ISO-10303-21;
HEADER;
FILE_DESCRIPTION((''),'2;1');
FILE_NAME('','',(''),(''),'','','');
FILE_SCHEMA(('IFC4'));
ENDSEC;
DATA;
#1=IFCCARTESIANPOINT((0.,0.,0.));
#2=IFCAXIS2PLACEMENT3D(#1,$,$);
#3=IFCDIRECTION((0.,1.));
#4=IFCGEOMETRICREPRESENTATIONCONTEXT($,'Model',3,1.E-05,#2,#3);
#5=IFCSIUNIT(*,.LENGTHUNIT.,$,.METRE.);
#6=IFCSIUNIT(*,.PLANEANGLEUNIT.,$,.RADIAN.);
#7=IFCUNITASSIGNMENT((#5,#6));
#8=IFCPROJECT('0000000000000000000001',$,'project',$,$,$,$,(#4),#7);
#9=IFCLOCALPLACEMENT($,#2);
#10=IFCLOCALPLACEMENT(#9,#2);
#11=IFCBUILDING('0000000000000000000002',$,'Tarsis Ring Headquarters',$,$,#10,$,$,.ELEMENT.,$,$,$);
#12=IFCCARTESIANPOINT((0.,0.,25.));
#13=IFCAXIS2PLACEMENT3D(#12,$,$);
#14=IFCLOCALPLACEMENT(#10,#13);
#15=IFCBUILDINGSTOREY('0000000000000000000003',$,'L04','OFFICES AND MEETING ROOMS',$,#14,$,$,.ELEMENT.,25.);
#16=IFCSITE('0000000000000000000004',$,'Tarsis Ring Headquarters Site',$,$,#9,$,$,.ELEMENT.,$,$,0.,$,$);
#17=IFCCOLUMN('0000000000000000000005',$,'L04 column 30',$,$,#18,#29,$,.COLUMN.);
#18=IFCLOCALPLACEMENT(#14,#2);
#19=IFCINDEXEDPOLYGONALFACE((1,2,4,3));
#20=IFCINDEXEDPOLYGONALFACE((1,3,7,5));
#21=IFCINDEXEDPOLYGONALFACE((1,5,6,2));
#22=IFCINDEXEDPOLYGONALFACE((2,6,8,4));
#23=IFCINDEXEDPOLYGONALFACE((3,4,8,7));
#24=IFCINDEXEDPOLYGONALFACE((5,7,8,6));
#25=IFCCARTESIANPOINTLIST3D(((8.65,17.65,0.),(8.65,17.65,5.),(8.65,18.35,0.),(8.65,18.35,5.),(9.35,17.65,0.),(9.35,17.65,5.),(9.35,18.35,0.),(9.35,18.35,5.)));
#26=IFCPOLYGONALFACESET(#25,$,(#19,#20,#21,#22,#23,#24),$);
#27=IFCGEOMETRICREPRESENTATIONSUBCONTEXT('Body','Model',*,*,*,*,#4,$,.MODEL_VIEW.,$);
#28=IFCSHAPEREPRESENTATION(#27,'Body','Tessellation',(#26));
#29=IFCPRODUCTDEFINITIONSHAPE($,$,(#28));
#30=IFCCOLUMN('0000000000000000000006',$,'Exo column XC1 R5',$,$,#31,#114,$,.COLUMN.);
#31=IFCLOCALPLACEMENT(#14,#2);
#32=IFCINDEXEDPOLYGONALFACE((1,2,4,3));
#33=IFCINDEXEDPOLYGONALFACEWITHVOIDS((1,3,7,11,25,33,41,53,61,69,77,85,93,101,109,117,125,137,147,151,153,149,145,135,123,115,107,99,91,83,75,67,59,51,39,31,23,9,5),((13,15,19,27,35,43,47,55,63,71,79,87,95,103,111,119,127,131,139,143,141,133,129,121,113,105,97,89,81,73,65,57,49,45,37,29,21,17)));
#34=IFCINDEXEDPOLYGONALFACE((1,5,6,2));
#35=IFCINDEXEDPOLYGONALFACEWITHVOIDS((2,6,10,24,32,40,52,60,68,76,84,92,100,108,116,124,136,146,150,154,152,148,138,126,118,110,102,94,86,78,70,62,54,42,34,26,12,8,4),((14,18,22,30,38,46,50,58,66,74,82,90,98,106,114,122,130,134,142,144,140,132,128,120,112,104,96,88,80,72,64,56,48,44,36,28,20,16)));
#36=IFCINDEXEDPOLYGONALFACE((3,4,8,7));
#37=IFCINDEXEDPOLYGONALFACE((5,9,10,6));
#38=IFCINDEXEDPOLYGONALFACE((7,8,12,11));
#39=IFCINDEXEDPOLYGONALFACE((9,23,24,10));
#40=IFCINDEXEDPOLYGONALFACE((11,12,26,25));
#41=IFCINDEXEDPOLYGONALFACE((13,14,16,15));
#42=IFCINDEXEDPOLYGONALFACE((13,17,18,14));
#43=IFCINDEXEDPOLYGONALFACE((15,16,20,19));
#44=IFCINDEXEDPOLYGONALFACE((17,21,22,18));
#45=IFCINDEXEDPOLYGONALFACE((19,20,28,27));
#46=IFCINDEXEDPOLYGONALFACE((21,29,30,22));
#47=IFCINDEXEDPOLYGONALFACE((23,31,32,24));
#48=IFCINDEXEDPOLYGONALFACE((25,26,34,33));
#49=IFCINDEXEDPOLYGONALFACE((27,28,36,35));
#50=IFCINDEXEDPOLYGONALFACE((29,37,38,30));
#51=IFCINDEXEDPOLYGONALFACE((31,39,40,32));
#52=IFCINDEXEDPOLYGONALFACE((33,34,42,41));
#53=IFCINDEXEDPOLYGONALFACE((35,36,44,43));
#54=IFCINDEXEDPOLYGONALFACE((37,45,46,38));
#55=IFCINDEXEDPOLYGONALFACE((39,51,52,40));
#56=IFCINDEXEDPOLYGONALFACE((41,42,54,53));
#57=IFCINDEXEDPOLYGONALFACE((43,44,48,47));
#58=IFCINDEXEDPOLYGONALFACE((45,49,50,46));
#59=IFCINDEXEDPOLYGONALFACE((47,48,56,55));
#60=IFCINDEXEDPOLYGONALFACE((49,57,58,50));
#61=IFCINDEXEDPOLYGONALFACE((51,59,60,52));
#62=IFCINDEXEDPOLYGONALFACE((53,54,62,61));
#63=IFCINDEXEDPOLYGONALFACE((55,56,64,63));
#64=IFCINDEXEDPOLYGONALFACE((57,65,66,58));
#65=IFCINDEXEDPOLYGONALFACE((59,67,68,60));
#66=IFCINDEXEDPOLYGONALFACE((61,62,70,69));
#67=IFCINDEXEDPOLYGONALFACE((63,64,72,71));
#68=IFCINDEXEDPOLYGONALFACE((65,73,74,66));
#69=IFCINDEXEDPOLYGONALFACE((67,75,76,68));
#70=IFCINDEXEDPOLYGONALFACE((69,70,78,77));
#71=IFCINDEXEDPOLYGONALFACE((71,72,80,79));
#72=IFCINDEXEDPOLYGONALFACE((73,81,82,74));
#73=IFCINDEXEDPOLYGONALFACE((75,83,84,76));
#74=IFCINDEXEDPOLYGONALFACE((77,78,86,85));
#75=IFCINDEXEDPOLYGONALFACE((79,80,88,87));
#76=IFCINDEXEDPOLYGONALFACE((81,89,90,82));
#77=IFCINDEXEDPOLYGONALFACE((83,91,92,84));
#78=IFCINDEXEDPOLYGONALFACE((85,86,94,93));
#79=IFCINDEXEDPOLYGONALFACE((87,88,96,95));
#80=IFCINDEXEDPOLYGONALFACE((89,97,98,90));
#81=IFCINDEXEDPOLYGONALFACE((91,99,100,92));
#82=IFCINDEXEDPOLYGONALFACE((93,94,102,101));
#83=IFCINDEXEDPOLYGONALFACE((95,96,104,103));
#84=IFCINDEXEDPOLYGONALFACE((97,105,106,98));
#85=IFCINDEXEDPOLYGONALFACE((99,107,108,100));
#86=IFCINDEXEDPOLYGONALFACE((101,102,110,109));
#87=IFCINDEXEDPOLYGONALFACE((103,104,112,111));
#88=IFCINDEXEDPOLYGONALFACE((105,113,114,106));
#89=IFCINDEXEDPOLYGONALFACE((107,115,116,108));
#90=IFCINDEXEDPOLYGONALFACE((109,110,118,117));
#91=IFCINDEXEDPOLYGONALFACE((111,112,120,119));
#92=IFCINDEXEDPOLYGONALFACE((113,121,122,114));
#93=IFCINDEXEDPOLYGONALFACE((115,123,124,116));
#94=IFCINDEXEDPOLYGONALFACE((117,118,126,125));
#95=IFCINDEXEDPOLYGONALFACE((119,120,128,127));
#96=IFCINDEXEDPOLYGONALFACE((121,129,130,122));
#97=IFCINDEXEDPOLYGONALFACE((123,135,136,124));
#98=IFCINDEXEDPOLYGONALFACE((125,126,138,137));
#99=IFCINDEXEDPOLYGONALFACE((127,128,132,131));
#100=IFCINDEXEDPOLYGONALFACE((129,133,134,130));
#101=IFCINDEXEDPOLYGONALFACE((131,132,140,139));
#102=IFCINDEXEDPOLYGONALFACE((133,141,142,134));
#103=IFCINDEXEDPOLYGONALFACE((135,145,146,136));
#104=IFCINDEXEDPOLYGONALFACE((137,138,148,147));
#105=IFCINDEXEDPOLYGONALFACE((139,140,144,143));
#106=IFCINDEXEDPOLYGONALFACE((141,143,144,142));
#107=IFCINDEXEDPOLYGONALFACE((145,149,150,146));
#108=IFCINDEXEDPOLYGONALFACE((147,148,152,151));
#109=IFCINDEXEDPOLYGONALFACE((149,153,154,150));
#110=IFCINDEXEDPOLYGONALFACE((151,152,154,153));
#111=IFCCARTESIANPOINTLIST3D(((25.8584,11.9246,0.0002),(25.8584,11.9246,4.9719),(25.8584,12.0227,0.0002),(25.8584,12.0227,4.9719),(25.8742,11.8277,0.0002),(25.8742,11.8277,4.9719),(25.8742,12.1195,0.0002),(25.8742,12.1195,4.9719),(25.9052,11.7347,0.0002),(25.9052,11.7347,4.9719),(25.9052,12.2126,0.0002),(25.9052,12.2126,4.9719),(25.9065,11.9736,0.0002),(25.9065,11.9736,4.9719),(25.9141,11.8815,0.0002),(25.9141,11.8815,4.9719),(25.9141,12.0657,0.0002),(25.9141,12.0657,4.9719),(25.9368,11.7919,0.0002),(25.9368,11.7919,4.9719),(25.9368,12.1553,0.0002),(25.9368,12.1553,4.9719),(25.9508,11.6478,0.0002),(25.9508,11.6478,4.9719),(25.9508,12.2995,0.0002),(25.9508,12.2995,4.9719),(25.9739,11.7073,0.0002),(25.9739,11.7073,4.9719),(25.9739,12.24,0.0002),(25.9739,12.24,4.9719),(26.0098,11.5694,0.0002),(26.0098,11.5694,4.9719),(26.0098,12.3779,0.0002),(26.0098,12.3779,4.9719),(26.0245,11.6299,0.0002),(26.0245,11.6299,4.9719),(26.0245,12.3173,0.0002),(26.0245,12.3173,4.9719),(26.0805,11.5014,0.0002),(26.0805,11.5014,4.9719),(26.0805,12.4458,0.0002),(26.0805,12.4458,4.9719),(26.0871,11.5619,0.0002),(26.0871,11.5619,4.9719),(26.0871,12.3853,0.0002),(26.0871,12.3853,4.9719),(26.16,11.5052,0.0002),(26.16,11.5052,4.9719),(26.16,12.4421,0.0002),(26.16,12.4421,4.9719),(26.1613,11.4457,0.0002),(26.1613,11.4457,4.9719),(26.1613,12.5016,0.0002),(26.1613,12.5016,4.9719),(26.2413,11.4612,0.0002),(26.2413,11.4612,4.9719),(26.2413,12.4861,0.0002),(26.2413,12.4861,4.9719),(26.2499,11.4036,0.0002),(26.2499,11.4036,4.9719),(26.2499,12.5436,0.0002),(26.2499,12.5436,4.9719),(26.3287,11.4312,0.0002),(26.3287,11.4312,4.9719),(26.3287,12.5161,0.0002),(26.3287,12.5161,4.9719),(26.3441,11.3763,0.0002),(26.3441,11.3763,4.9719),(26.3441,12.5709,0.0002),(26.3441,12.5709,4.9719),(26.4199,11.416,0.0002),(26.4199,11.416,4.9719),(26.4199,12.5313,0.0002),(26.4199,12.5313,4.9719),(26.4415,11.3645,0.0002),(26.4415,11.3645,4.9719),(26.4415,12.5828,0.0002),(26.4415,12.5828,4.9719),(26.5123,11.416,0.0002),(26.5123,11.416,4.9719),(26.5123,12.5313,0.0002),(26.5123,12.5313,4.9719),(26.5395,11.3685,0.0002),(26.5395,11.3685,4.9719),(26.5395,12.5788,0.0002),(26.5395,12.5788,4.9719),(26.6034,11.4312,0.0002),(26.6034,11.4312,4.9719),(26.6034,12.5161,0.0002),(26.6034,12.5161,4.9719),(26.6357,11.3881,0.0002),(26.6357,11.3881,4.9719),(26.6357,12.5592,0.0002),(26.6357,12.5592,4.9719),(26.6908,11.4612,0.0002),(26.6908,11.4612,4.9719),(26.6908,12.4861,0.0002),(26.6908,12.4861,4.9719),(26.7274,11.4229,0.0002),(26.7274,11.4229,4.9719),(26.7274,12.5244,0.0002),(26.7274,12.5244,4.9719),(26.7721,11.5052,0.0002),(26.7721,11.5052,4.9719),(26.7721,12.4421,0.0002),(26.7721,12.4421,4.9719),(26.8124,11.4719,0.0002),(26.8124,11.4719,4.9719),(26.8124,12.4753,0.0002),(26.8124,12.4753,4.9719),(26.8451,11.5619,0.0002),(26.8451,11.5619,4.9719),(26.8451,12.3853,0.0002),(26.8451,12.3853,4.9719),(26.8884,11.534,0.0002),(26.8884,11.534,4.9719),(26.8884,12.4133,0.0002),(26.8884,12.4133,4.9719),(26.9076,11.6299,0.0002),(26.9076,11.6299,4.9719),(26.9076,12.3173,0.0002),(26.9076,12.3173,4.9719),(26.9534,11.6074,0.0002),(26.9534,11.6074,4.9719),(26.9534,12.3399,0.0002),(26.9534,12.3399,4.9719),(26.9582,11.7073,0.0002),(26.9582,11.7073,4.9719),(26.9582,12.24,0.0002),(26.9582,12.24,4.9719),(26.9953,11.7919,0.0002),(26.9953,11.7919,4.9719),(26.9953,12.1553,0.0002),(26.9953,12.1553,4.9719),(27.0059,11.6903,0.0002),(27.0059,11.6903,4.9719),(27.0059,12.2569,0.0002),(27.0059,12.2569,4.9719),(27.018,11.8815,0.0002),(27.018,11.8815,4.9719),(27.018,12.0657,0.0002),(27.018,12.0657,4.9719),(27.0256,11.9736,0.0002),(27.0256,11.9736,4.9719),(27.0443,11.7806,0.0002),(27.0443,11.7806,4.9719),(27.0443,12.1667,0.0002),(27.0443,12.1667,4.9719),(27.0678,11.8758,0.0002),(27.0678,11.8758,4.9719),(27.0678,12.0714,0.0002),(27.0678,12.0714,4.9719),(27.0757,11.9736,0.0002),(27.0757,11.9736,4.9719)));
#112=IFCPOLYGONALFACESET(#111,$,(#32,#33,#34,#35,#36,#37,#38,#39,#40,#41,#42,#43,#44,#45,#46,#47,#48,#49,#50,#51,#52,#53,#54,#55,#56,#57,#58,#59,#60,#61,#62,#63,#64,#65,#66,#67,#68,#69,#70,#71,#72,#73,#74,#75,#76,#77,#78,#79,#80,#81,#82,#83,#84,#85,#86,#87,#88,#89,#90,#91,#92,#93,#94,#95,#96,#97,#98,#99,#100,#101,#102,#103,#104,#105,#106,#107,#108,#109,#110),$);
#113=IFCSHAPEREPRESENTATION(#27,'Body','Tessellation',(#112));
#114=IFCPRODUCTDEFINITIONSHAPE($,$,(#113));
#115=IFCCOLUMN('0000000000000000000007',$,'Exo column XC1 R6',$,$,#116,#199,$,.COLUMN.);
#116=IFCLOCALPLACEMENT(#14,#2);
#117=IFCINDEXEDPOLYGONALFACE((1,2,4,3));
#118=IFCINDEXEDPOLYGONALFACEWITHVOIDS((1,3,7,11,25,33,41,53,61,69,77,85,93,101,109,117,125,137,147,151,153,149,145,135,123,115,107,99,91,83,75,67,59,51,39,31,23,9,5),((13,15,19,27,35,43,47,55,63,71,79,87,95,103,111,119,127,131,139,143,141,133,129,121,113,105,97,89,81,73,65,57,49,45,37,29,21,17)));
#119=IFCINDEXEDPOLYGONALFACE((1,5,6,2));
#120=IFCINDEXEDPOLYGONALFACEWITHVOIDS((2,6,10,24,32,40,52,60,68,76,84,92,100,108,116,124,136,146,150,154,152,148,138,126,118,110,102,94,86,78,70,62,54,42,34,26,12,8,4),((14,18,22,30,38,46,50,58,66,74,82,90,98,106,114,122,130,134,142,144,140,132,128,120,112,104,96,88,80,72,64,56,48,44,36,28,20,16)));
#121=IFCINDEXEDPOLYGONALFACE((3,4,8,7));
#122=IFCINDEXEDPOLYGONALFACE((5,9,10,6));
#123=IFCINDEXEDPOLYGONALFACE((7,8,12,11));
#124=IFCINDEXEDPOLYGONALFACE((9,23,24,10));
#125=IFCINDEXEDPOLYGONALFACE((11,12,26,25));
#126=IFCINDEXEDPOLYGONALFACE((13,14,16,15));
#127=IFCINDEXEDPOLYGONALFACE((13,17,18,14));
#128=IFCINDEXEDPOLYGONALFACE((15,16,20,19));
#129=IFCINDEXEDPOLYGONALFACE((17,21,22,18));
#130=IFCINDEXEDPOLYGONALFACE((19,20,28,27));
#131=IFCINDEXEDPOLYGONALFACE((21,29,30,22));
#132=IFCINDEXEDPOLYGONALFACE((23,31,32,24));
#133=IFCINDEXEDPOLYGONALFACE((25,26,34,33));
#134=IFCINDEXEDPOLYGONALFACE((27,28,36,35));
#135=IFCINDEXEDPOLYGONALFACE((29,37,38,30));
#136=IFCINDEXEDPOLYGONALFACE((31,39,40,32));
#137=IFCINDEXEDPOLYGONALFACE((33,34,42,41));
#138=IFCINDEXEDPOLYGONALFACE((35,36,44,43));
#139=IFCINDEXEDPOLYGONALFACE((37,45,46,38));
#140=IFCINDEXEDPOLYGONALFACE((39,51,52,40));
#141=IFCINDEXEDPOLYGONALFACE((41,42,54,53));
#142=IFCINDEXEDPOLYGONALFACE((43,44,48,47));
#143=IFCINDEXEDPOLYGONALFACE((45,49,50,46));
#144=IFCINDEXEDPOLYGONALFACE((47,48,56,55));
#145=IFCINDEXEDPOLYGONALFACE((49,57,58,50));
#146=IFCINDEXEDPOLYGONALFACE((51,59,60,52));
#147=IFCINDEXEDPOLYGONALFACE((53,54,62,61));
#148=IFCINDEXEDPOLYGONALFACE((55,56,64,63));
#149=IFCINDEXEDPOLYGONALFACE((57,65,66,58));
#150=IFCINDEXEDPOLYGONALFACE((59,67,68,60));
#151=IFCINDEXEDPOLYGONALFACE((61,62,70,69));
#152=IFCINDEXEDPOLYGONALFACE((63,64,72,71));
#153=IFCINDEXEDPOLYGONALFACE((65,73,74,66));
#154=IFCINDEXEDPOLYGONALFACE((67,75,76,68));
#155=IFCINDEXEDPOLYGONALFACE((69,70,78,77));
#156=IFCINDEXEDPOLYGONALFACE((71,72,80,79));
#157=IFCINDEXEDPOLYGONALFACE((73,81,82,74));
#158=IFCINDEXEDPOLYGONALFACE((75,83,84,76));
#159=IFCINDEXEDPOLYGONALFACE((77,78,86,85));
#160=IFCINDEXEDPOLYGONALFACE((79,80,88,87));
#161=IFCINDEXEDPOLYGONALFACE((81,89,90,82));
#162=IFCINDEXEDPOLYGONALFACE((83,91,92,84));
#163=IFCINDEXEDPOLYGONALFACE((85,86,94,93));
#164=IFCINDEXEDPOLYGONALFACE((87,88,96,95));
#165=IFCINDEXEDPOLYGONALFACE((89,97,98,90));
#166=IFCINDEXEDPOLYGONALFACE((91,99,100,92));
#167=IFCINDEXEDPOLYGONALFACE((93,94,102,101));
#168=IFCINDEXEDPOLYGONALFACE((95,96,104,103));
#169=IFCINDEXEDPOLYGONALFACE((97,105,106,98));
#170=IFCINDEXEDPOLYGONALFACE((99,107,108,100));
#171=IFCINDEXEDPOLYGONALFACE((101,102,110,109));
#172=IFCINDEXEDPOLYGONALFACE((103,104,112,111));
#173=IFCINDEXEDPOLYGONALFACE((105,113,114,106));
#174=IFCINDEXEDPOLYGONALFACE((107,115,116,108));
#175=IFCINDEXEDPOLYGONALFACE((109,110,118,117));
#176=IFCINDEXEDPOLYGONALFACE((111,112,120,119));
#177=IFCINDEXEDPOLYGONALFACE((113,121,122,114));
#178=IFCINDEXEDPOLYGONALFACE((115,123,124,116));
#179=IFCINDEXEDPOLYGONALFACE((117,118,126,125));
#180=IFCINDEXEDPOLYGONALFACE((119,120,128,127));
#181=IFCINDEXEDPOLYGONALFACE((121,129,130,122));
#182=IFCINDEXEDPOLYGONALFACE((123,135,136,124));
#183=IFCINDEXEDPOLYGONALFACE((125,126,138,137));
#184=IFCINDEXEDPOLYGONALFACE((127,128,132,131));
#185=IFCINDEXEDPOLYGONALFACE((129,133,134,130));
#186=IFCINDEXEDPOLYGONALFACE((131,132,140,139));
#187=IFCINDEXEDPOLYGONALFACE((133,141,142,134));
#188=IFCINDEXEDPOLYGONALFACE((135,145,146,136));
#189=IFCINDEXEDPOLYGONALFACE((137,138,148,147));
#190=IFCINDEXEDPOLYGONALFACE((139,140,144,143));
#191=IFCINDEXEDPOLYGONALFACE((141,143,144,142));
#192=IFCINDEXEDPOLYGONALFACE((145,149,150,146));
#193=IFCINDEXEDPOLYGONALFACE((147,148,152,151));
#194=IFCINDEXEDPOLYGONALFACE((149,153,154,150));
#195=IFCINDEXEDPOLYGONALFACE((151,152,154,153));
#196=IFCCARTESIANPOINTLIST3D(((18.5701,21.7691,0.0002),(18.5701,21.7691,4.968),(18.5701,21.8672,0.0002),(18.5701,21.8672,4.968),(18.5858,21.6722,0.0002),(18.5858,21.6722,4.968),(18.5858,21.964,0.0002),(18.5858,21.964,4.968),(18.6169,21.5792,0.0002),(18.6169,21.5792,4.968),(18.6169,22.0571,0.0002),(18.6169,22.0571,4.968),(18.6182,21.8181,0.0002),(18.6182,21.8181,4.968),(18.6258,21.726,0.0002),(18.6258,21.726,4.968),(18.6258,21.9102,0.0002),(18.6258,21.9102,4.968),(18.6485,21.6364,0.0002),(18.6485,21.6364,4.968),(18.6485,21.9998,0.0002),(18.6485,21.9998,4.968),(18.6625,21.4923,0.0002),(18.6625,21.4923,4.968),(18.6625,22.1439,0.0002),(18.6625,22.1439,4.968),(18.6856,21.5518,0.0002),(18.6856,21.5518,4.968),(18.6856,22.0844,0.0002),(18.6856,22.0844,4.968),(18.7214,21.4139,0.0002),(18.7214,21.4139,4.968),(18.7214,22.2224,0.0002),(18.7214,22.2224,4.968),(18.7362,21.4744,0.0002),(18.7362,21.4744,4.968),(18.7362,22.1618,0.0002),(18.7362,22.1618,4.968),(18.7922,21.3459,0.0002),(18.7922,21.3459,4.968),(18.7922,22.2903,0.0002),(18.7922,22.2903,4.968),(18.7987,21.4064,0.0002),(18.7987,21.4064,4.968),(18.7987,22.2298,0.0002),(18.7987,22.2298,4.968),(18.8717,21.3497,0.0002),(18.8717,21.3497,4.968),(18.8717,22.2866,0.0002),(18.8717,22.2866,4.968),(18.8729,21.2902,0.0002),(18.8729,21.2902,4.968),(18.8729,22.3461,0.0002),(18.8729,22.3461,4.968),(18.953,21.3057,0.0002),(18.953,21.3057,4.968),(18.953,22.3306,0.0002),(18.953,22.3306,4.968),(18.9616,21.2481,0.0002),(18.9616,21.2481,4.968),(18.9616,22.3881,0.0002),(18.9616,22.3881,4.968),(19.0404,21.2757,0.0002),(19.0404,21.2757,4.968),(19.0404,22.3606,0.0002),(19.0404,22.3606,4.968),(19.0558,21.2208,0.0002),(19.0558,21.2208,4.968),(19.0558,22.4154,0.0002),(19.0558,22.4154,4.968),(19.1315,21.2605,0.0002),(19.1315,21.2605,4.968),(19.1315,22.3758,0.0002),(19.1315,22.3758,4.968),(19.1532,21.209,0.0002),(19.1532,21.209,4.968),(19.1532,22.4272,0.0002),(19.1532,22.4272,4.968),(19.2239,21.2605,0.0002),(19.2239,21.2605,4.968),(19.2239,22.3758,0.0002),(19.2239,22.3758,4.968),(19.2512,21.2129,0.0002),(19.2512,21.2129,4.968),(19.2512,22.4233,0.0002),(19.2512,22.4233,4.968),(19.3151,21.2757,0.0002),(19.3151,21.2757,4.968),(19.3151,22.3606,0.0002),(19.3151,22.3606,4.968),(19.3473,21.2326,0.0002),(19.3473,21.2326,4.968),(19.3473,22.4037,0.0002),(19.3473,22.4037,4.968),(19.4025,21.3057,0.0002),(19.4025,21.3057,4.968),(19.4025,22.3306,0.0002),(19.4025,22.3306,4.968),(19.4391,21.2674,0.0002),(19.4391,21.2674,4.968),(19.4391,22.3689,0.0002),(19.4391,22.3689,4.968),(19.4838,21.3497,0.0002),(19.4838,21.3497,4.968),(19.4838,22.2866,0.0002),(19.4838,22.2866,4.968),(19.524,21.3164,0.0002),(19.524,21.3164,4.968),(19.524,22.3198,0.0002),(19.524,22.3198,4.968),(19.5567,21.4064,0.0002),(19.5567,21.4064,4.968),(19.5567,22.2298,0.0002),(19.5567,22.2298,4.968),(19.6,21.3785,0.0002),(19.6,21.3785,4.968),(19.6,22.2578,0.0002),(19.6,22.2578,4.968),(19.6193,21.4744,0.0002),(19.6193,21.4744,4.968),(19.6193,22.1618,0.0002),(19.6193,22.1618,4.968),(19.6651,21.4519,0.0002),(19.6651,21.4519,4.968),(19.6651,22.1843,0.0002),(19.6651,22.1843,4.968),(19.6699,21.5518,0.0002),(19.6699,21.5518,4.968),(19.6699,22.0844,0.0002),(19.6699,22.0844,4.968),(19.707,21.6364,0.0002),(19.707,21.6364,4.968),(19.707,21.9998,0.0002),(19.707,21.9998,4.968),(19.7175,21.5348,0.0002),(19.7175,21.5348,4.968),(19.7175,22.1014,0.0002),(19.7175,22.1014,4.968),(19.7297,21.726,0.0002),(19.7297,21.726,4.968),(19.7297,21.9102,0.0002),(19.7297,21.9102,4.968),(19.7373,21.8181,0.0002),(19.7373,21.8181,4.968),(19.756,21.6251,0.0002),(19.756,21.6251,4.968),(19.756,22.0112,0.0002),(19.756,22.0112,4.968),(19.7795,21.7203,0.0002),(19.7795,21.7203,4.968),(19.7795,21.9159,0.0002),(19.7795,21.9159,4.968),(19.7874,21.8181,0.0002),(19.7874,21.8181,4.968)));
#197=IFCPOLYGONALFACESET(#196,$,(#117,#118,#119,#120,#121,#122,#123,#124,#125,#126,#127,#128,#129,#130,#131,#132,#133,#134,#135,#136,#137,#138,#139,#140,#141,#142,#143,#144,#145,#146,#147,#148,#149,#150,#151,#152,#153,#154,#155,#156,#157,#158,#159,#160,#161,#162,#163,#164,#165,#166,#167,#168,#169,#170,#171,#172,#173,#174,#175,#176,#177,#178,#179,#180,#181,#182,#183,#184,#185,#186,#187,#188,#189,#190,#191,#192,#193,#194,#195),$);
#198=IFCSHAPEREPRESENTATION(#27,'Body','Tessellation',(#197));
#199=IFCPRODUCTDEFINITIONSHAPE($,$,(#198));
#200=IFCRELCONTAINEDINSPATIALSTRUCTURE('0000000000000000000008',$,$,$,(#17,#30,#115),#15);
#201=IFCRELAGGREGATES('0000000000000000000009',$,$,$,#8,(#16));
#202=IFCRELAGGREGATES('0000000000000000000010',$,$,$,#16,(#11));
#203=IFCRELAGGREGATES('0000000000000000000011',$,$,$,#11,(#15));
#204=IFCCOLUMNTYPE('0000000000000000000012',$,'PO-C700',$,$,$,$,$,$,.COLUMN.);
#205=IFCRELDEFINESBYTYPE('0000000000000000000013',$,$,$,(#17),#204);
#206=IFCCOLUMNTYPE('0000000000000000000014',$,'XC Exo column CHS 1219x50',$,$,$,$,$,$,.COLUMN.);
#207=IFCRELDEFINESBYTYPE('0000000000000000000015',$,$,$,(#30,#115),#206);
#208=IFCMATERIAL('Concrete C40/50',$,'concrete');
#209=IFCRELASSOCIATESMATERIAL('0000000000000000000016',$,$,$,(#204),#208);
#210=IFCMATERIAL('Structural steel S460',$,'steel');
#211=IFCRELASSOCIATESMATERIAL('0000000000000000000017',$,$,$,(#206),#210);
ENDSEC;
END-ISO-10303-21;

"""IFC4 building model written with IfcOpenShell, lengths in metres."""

from ifc_helpers import new_model, si_unit, direction, frame, origin, origin_2d, place, context, subcontext, project, spatial, rectangle, hollow_circle, extrude, material, material_profile, profile_set, type_object, element, save


model = new_model("IFC4")

# Units and contexts
model_context = context("Model", 3, precision=1e-05, world=origin(), true_north=direction((0.0, 1.0)))
body_context = subcontext(model_context, "Body", "Model", "MODEL_VIEW")
ifc_project = project(units=[si_unit("LENGTHUNIT", "METRE"), si_unit("PLANEANGLEUNIT", "RADIAN")], contexts=[model_context])

# Site, building, storey
site_placement = place(None, origin())
site = spatial("IfcSite", under=ifc_project, at=site_placement, Name="Tarsis Ring Headquarters Site", CompositionType="ELEMENT", RefElevation=0.0)
building_placement = place(site_placement, origin())
building = spatial("IfcBuilding", under=site, at=building_placement, Name="Tarsis Ring Headquarters", CompositionType="ELEMENT")
storey_placement = place(building_placement, frame((0.0, 0.0, 25.0)))
storey = spatial("IfcBuildingStorey", under=building, at=storey_placement, Name="L04", Description="OFFICES AND MEETING ROOMS", CompositionType="ELEMENT", Elevation=25.0)

# Columns
ifc_material_1 = material(Name="Concrete C40/50", Category="concrete")
ifc_material_profile_1 = material_profile(ifc_material_1, rectangle(XDim=0.7, YDim=0.7, at=origin_2d()), Name="PO-C700")
ifc_profile_set_1 = profile_set([ifc_material_profile_1], Name="Concrete C40/50")
column_type_1 = type_object("IfcColumnType", Name="PO-C700", PredefinedType="COLUMN", material=ifc_profile_set_1)
column_1_placement = place(storey_placement, frame((9.0, 18.0, 0.0), z_axis=(0.0, 0.0, 1.0), x_axis=(1.0, 0.0, 0.0)))
element("IfcColumn", 1, at=column_1_placement, inside=storey, type_object=column_type_1, Name="L04 column 30", PredefinedType="COLUMN", context=body_context, shape_type="SweptSolid", body=[
    extrude(rectangle(XDim=0.7, YDim=0.7, at=origin_2d()), origin(), (0.0, 0.0, 1.0), 5.0),
])
ifc_material_2 = material(Name="Structural steel S460", Category="steel")
ifc_material_profile_2 = material_profile(ifc_material_2, hollow_circle(Radius=0.6096, WallThickness=0.05, at=origin_2d()), Name="CHS 1219x50")
ifc_profile_set_2 = profile_set([ifc_material_profile_2], Name="Structural steel S460")
column_type_2 = type_object("IfcColumnType", Name="XC Exo column CHS 1219x50", PredefinedType="COLUMN", material=ifc_profile_set_2)
column_2_placement = place(storey_placement, frame((26.4661, 11.9736, 0.0002), z_axis=(0.0, 0.0, 1.0), x_axis=(1.0, 0.0, 0.0)))
element("IfcColumn", 2, at=column_2_placement, inside=storey, type_object=column_type_2, Name="Exo column XC1 R5", PredefinedType="COLUMN", context=body_context, shape_type="SweptSolid", body=[
    extrude(hollow_circle(Radius=0.6096, WallThickness=0.05, at=origin_2d()), origin(), (0.0, 0.0, 1.0), 4.9717),
])
column_3_placement = place(storey_placement, frame((19.1777, 21.8181, 0.0002), z_axis=(0.0, 0.0, 1.0), x_axis=(1.0, 0.0, 0.0)))
element("IfcColumn", 3, at=column_3_placement, inside=storey, type_object=column_type_2, Name="Exo column XC1 R6", PredefinedType="COLUMN", context=body_context, shape_type="SweptSolid", body=[
    extrude(hollow_circle(Radius=0.6096, WallThickness=0.05, at=origin_2d()), origin(), (0.0, 0.0, 1.0), 4.9678),
])

save(model, "model.ifc")
